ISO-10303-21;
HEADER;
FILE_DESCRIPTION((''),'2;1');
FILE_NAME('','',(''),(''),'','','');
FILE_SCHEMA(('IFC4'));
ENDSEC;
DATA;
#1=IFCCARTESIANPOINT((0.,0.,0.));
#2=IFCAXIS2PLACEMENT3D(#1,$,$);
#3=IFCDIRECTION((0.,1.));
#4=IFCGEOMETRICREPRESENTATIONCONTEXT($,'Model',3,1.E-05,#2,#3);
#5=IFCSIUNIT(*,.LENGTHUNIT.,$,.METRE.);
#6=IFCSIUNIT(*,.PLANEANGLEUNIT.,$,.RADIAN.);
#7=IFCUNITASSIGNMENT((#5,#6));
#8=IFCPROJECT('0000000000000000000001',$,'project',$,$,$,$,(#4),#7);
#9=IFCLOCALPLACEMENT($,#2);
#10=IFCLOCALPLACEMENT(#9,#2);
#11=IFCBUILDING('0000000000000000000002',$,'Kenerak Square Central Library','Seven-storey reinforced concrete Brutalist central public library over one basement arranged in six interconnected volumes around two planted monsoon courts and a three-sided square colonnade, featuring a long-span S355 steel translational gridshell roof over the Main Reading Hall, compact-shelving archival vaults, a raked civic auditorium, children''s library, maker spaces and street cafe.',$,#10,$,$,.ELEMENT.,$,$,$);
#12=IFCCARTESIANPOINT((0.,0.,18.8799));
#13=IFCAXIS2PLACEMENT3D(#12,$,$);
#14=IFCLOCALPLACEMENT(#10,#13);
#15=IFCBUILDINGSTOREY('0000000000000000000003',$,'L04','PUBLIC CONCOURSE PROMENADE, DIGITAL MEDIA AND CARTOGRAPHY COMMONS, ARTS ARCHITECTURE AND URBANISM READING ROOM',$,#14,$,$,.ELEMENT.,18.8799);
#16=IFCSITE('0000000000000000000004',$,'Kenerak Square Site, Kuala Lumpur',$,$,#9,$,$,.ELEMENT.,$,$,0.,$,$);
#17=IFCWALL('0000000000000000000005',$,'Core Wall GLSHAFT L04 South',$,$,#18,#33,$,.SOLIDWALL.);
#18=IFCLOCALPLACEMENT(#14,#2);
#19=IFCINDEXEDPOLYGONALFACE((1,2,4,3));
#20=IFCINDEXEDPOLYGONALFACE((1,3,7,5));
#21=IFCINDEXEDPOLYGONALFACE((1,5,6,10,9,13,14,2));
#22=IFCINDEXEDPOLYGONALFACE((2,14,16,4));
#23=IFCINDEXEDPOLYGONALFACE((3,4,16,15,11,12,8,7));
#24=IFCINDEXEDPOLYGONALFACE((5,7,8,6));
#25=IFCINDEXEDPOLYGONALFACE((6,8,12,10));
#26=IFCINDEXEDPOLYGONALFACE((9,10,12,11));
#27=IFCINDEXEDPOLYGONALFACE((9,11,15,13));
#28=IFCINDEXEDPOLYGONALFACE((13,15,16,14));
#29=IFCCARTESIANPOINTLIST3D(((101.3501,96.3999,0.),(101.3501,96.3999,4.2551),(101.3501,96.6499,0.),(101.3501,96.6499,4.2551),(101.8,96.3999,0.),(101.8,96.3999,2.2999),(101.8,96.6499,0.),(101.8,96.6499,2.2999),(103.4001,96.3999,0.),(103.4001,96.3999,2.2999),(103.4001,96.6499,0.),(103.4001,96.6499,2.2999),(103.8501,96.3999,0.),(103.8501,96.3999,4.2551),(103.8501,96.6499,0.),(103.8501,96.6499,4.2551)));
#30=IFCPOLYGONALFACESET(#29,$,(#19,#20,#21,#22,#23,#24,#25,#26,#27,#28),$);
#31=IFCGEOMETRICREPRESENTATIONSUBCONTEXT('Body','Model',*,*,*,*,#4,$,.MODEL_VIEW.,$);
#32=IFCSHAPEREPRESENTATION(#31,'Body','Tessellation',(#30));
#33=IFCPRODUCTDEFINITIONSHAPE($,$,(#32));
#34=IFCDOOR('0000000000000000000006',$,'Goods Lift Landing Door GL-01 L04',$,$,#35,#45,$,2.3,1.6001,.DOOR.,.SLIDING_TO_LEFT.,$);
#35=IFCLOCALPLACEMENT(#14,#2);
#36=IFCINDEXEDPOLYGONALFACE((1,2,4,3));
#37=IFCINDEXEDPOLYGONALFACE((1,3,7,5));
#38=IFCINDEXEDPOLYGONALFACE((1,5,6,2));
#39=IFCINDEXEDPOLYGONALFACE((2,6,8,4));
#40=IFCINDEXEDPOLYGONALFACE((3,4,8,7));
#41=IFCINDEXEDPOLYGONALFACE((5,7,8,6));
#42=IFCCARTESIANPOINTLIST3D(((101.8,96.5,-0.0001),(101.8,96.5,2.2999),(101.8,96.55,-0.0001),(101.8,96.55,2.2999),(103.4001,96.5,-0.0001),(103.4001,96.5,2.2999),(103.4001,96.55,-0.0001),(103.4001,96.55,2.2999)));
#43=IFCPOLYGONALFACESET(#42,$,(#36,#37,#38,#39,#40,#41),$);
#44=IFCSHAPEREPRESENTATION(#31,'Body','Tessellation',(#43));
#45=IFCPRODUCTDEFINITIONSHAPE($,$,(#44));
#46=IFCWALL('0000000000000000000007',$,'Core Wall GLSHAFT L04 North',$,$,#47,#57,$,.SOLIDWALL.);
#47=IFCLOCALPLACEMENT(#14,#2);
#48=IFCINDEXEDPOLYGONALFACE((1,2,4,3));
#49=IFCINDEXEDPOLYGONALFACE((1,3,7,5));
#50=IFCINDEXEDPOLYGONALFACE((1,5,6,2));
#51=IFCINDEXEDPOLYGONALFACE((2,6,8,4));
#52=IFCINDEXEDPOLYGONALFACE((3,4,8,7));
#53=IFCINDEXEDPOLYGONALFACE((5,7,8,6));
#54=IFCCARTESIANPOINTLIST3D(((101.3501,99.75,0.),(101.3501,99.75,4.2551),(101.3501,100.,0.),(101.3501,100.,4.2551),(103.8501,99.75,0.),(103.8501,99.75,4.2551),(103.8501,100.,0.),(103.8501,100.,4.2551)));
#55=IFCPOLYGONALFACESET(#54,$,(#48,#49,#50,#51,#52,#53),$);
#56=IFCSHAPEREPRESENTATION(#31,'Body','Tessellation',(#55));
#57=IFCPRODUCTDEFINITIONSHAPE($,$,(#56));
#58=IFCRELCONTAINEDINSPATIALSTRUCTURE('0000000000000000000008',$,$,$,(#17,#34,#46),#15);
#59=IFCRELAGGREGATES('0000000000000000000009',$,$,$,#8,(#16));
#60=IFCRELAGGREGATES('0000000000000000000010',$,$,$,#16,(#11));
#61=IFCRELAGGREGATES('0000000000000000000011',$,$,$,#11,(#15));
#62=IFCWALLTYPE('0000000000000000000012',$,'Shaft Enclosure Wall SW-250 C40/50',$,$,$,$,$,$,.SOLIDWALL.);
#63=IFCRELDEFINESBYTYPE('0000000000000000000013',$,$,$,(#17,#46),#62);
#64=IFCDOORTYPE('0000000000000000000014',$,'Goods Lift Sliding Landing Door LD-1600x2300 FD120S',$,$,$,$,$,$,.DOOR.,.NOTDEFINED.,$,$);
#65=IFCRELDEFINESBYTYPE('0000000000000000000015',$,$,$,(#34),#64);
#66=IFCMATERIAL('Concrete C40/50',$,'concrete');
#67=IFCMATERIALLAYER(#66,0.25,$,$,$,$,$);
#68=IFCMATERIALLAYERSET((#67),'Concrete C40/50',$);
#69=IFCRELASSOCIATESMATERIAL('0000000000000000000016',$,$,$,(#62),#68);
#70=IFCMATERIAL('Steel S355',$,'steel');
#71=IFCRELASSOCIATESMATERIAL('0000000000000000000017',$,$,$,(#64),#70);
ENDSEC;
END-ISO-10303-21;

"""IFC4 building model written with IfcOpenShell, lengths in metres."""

from ifc_helpers import new_model, si_unit, direction, frame, frame_2d, origin, place, context, subcontext, project, spatial, rectangle, extrude, material, layer, layer_set, type_object, element, fill, save


model = new_model("IFC4")

# Units and contexts
model_context = context("Model", 3, precision=1e-05, world=origin(), true_north=direction((0.0, 1.0)))
body_context = subcontext(model_context, "Body", "Model", "MODEL_VIEW")
ifc_project = project(units=[si_unit("LENGTHUNIT", "METRE"), si_unit("PLANEANGLEUNIT", "RADIAN")], contexts=[model_context])

# Site, building, storey
site_placement = place(None, origin())
site = spatial("IfcSite", under=ifc_project, at=site_placement, Name="Kenerak Square Site, Kuala Lumpur", CompositionType="ELEMENT", RefElevation=0.0)
building_placement = place(site_placement, origin())
building = spatial("IfcBuilding", under=site, at=building_placement, Name="Kenerak Square Central Library", Description="Seven-storey reinforced concrete Brutalist central public library over one basement arranged in six interconnected volumes around two planted monsoon courts and a three-sided square colonnade, featuring a long-span S355 steel translational gridshell roof over the Main Reading Hall, compact-shelving archival vaults, a raked civic auditorium, children's library, maker spaces and street cafe.", CompositionType="ELEMENT")
storey_placement = place(building_placement, frame((0.0, 0.0, 18.8799)))
storey = spatial("IfcBuildingStorey", under=building, at=storey_placement, Name="L04", Description="PUBLIC CONCOURSE PROMENADE, DIGITAL MEDIA AND CARTOGRAPHY COMMONS, ARTS ARCHITECTURE AND URBANISM READING ROOM", CompositionType="ELEMENT", Elevation=18.8799)

# Shared definitions
ifc_material_1 = material(Name="Concrete C40/50", Category="concrete")

# Shared definitions
ifc_layer_1 = layer(ifc_material_1, 0.25)
ifc_layer_set_1 = layer_set([ifc_layer_1], Name="Concrete C40/50")
wall_type_1 = type_object("IfcWallType", Name="Shaft Enclosure Wall SW-250 C40/50", PredefinedType="SOLIDWALL", material=ifc_layer_set_1)

# Wall, opening, door
wall_1_placement = place(storey_placement, frame((103.8501, 96.5249, 0.0), z_axis=(0.0, 0.0, 1.0), x_axis=(-1.0, 0.0, 0.0)))
wall_1 = element("IfcWall", 1, at=wall_1_placement, inside=storey, type_object=wall_type_1, Name="Core Wall GLSHAFT L04 South", PredefinedType="SOLIDWALL", context=body_context, shape_type="SweptSolid", body=[
    extrude(rectangle(XDim=2.5, YDim=0.25, at=frame_2d((1.25, 0.0))), origin(), (0.0, 0.0, 1.0), 4.2551),
])
opening_placement = place(wall_1_placement, frame((0.45, 0.0, 0.0)))
opening = element("IfcOpeningElement", 2, at=opening_placement, cuts=wall_1, PredefinedType="OPENING", context=body_context, shape_type="SweptSolid", body=[
    extrude(rectangle(XDim=1.6001, YDim=2.3, at=frame_2d((0.8, 1.1499))), frame((0.0, 0.135, 0.0), z_axis=(0.0, -1.0, 0.0), x_axis=(1.0, 0.0, 0.0)), (0.0, 0.0, 1.0), 0.27),
])
ifc_material_2 = material(Name="Steel S355", Category="steel")
door_type = type_object("IfcDoorType", Name="Goods Lift Sliding Landing Door LD-1600x2300 FD120S", OperationType="NOTDEFINED", PredefinedType="DOOR", material=ifc_material_2)
door_placement = place(opening_placement, origin())
door = element("IfcDoor", 3, at=door_placement, inside=storey, type_object=door_type, Name="Goods Lift Landing Door GL-01 L04", OperationType="SLIDING_TO_LEFT", OverallHeight=2.3, OverallWidth=1.6001, PredefinedType="DOOR", context=body_context, shape_type="SweptSolid", body=[
    extrude(rectangle(XDim=1.6001, YDim=2.3, at=frame_2d((0.8, 1.1499))), frame((0.0, 0.0249, 0.0), z_axis=(0.0, -1.0, 0.0), x_axis=(1.0, 0.0, 0.0)), (0.0, 0.0, 1.0), 0.05),
])
fill(opening, door)

# Wall
wall_2_placement = place(storey_placement, frame((101.3501, 99.875, 0.0), z_axis=(0.0, 0.0, 1.0), x_axis=(1.0, 0.0, 0.0)))
element("IfcWall", 4, at=wall_2_placement, inside=storey, type_object=wall_type_1, Name="Core Wall GLSHAFT L04 North", PredefinedType="SOLIDWALL", context=body_context, shape_type="SweptSolid", body=[
    extrude(rectangle(XDim=2.5, YDim=0.25, at=frame_2d((1.25, 0.0))), origin(), (0.0, 0.0, 1.0), 4.2551),
])

save(model, "model.ifc")
